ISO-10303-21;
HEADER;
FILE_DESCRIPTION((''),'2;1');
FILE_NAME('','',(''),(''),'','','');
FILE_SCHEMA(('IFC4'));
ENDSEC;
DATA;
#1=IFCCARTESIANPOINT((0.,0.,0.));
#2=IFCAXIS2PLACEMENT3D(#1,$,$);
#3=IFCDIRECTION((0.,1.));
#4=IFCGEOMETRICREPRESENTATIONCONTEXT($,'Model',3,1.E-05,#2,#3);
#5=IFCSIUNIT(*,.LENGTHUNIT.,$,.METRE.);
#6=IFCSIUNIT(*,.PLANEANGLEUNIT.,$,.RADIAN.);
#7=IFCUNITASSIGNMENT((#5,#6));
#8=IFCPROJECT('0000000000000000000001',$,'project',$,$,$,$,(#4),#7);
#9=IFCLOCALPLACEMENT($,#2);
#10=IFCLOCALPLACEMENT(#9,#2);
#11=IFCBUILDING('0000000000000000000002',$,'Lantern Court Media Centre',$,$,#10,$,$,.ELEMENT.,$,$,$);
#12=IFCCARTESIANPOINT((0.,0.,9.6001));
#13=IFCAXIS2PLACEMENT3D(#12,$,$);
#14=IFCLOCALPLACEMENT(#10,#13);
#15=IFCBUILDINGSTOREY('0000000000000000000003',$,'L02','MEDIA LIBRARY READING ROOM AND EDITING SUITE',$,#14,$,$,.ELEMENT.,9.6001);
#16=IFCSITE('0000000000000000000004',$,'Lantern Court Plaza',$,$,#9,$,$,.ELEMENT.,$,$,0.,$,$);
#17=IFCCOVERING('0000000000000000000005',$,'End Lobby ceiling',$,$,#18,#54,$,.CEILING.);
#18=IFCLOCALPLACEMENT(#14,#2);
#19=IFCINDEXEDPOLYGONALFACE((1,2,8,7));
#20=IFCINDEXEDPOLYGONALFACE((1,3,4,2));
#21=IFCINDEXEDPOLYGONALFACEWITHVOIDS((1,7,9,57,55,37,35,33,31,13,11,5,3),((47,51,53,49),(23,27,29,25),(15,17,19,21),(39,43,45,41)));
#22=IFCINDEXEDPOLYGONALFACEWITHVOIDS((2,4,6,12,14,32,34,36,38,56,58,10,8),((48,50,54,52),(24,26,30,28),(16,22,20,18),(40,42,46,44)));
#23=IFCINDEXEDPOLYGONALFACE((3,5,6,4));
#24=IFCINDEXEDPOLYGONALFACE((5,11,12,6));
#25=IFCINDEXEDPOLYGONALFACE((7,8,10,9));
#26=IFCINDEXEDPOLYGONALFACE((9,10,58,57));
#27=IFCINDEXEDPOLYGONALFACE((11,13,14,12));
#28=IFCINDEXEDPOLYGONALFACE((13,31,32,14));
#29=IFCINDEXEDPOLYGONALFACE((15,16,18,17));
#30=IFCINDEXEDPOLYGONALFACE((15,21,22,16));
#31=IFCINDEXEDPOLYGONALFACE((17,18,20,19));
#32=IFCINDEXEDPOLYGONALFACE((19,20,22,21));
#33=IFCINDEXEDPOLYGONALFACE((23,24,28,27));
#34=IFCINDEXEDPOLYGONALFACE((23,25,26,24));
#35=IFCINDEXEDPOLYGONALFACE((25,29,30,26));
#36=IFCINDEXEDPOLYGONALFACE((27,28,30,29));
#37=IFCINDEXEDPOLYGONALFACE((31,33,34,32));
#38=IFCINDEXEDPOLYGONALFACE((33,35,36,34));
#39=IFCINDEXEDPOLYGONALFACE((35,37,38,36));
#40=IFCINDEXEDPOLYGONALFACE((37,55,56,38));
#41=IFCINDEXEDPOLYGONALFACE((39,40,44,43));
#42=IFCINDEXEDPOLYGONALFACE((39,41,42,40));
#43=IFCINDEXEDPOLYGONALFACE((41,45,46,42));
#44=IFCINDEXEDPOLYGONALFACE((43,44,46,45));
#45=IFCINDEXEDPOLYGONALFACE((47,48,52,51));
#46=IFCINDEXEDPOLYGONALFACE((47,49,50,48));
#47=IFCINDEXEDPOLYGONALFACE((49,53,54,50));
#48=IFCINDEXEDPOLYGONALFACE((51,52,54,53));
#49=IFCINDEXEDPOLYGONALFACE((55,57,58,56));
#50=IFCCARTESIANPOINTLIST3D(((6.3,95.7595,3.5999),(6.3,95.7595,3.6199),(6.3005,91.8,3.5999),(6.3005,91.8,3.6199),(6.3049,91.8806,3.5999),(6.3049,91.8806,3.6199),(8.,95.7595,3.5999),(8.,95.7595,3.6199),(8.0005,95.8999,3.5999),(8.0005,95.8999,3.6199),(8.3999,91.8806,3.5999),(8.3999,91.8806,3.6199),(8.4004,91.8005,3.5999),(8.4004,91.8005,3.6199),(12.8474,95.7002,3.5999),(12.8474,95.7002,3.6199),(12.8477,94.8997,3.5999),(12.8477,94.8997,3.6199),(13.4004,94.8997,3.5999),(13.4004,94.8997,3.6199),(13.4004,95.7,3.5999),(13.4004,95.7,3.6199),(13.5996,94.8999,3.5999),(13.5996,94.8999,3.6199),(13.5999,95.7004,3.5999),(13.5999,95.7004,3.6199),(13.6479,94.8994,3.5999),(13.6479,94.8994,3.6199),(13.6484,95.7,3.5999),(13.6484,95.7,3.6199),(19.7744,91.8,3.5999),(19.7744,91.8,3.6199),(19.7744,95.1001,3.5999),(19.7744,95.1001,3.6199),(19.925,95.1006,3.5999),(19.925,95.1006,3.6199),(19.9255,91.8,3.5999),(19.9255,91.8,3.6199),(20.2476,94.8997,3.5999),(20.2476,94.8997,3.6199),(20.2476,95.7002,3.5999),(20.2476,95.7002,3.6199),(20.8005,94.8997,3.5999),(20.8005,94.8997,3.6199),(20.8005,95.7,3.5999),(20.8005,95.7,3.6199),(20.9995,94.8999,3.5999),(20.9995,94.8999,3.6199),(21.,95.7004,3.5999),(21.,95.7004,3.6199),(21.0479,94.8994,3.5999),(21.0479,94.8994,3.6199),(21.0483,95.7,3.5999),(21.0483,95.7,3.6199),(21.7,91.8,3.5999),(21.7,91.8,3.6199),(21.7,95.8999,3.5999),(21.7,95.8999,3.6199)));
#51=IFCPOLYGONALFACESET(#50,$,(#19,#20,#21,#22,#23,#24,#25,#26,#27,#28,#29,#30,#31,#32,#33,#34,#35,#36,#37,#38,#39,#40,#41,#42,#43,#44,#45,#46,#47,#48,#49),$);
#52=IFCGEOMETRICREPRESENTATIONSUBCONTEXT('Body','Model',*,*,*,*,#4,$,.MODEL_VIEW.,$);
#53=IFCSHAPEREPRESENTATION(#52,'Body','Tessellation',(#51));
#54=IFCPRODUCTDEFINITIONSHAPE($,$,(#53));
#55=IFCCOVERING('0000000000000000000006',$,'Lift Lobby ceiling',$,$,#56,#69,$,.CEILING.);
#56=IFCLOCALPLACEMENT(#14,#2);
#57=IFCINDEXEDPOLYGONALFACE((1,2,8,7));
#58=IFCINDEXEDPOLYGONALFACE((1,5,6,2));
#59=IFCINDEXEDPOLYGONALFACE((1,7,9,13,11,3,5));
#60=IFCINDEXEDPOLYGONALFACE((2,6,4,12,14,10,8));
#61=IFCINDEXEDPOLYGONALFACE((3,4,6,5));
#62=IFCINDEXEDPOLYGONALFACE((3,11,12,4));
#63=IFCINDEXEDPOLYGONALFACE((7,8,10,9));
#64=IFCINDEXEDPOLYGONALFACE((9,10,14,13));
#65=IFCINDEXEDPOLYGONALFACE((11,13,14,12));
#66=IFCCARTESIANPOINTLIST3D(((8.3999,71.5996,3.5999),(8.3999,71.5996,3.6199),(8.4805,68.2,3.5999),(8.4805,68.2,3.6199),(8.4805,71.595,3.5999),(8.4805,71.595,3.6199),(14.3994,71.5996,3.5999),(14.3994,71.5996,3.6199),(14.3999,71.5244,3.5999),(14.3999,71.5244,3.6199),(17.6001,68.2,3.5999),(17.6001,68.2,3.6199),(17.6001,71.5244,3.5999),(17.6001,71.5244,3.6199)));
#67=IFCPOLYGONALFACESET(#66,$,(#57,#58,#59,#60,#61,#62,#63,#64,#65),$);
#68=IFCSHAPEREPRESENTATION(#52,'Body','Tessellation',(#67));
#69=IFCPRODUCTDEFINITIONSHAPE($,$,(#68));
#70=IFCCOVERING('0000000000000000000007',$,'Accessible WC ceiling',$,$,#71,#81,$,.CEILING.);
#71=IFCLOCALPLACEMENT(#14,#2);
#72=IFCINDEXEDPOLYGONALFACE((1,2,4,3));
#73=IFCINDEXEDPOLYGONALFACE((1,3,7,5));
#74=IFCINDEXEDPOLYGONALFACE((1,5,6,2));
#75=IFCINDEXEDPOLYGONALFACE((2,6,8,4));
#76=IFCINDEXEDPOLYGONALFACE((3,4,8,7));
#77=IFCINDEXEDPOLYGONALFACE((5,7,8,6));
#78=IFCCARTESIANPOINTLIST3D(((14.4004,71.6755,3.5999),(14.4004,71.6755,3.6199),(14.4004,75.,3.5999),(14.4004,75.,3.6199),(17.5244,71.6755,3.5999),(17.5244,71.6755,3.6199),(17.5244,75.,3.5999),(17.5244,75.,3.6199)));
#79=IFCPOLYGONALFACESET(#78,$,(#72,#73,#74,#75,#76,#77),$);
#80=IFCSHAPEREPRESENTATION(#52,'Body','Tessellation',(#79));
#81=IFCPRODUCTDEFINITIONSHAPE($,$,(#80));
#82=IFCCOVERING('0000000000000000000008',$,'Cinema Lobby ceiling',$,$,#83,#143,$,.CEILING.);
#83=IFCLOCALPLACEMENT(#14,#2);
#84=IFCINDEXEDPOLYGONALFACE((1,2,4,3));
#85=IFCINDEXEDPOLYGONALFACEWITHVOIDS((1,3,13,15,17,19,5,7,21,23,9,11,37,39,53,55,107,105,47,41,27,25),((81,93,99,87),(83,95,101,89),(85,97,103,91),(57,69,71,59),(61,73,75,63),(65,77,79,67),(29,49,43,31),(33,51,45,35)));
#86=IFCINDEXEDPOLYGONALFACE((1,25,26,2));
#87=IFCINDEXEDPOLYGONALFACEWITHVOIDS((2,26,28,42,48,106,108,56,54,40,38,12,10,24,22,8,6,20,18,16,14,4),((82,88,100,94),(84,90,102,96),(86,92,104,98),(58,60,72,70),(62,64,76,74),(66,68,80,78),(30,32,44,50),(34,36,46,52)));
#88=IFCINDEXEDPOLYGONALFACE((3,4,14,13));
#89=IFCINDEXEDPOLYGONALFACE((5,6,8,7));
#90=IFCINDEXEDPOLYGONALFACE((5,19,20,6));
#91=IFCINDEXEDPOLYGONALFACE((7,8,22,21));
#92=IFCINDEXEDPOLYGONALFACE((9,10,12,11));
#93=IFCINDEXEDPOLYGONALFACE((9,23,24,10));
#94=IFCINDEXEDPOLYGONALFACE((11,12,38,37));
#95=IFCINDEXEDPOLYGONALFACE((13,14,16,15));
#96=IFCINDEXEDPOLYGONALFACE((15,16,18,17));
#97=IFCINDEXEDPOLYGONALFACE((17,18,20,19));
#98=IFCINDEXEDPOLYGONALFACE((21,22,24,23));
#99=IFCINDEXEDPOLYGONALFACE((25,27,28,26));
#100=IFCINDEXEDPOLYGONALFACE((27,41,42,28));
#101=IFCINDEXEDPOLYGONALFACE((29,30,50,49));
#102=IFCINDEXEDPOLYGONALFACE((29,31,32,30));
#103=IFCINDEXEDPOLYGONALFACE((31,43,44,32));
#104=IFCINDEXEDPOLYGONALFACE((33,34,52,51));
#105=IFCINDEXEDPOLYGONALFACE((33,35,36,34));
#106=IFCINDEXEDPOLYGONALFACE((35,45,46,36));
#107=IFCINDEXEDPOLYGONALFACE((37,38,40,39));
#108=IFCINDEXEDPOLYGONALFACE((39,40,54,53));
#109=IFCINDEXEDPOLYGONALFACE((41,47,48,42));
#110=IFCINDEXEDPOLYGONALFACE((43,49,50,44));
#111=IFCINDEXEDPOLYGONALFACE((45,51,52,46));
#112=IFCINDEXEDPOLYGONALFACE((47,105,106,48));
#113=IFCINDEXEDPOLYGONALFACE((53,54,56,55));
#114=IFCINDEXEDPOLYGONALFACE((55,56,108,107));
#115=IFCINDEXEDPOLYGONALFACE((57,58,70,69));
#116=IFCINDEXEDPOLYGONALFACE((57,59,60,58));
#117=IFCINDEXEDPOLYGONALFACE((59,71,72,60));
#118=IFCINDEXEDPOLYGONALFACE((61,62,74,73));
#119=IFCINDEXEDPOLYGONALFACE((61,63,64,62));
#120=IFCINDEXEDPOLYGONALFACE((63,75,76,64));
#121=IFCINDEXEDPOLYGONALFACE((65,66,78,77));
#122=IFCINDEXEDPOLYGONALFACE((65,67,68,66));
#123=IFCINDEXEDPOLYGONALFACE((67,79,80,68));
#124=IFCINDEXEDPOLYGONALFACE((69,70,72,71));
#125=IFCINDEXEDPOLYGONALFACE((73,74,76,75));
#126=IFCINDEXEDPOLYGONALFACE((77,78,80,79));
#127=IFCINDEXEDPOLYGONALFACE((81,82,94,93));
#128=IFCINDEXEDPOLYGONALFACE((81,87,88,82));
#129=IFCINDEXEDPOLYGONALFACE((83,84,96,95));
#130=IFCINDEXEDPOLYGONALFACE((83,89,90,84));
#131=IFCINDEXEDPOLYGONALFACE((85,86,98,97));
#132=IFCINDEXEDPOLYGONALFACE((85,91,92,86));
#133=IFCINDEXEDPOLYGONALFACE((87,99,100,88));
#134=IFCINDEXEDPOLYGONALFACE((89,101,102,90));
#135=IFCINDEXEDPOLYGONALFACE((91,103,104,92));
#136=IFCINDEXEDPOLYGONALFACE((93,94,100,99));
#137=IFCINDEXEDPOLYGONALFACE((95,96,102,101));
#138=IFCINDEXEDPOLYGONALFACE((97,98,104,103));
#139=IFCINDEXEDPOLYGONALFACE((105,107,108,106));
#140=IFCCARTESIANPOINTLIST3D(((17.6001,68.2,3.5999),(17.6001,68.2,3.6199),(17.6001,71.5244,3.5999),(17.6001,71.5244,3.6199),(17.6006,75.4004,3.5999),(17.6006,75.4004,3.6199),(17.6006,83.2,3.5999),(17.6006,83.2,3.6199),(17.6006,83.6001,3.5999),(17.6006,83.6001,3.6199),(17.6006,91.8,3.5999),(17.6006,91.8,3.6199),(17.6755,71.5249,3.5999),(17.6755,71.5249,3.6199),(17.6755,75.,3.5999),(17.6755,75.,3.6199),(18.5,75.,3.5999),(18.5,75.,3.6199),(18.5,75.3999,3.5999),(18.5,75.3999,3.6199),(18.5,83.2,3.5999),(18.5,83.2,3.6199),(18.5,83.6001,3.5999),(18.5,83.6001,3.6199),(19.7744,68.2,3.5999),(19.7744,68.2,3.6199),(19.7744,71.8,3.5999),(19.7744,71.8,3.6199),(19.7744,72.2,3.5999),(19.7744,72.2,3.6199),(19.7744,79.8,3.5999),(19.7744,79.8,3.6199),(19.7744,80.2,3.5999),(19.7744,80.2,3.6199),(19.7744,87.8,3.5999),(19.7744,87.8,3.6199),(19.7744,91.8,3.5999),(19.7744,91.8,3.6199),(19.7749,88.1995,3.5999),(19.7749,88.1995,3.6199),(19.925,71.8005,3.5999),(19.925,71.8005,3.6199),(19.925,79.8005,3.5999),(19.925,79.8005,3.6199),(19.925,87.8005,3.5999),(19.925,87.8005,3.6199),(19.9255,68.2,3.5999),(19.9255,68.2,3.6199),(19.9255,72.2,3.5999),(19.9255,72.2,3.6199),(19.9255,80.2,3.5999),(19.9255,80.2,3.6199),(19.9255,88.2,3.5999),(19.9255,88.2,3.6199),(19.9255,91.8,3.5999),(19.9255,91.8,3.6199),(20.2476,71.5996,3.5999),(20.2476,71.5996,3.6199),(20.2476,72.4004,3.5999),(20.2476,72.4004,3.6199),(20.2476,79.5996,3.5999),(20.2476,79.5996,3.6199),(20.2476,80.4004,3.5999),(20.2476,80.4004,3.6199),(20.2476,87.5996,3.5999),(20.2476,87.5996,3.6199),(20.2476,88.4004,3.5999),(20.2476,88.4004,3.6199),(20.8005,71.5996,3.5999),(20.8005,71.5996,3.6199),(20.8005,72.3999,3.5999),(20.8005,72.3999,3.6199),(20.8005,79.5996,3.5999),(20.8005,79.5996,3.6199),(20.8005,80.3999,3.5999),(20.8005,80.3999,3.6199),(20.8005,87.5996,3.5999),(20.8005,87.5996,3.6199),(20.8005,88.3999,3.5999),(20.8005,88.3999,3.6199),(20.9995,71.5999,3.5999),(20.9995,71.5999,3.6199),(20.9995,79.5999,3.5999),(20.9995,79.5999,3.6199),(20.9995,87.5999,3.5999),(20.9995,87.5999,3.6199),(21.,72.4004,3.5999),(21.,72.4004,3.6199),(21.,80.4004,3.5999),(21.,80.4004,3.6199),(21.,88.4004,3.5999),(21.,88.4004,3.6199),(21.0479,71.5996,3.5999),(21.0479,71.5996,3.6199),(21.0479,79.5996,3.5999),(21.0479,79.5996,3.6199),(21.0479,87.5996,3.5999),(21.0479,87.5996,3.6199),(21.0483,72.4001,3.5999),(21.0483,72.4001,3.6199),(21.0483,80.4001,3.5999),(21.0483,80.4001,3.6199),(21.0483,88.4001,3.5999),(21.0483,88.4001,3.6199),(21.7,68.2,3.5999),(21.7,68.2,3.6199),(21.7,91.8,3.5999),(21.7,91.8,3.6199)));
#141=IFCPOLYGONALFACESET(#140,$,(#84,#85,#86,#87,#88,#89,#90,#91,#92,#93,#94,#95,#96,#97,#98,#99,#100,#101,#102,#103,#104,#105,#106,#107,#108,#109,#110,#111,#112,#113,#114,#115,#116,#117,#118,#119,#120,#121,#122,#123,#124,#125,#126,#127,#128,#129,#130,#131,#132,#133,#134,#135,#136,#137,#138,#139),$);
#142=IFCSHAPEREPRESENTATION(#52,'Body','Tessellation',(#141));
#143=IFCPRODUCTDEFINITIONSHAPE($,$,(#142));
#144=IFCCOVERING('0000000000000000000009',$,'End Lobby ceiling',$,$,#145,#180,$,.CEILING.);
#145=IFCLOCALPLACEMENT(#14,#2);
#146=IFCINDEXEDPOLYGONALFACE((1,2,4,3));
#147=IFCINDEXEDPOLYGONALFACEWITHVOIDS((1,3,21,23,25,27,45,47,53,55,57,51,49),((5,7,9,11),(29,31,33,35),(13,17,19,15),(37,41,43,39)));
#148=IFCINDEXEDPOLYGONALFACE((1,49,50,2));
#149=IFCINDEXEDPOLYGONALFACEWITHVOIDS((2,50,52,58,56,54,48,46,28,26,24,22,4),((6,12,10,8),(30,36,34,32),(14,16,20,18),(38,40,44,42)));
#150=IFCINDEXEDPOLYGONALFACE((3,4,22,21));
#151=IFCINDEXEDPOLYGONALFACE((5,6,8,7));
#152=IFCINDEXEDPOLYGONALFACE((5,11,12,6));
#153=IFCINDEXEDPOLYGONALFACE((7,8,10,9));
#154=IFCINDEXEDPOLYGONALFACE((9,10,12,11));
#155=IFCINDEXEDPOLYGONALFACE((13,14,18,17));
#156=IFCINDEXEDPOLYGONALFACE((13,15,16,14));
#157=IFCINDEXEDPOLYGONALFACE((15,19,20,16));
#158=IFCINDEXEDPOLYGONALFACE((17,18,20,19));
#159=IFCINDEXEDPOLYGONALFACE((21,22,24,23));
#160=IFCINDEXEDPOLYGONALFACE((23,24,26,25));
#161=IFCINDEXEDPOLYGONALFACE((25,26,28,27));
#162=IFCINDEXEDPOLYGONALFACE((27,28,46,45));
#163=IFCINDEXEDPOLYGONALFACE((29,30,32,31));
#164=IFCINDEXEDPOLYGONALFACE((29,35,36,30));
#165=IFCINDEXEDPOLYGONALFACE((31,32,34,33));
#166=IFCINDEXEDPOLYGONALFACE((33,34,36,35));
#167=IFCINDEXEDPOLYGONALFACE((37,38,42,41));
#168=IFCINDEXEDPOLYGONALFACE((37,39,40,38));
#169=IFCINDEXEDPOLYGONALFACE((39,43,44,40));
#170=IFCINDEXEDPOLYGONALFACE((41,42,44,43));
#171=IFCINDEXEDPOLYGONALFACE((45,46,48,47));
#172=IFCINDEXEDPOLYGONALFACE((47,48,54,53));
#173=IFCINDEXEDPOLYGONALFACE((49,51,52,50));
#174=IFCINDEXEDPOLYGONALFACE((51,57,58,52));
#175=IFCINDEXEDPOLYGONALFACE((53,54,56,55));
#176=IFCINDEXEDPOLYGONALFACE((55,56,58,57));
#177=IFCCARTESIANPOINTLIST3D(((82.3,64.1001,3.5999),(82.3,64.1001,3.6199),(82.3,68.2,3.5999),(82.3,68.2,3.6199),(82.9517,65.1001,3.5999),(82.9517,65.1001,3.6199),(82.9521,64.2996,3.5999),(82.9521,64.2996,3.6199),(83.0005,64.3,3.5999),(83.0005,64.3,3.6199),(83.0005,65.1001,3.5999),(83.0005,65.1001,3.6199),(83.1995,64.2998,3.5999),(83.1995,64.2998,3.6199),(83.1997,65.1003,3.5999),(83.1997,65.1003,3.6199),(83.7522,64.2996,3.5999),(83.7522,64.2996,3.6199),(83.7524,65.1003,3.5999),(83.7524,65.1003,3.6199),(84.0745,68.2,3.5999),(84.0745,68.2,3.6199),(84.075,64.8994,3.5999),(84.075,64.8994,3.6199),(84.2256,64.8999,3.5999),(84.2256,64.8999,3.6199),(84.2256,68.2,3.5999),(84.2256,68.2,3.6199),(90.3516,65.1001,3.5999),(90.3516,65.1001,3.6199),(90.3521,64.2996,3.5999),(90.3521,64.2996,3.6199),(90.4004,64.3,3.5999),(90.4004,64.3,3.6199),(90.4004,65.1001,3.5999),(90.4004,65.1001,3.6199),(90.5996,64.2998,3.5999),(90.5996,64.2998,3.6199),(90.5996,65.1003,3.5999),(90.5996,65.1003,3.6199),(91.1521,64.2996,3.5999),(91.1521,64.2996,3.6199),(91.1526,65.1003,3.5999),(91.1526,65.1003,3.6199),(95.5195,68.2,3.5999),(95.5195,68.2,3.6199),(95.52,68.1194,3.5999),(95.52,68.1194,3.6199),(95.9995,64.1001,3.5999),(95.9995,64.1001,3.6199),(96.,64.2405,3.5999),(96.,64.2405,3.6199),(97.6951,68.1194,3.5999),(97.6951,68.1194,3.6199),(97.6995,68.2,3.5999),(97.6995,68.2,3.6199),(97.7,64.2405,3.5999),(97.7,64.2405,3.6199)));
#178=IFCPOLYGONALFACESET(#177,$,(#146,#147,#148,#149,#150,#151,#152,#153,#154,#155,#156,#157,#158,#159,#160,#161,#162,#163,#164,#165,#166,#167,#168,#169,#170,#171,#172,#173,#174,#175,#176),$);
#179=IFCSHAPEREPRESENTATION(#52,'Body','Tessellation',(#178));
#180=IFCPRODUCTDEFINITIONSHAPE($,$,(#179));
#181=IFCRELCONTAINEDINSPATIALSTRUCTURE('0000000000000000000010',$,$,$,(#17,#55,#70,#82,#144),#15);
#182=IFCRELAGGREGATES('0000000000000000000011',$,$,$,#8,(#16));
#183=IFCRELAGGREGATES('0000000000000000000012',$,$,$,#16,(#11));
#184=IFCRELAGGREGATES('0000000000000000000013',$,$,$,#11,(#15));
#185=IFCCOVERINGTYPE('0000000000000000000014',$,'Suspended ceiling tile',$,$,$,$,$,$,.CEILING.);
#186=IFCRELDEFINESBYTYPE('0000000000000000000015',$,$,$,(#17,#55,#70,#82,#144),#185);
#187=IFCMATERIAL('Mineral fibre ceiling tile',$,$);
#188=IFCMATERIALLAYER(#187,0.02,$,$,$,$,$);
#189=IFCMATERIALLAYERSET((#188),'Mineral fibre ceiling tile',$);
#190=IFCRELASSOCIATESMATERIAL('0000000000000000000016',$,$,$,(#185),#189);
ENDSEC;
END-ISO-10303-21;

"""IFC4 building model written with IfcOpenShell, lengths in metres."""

from ifc_helpers import new_model, si_unit, direction, frame, origin, place, context, subcontext, project, spatial, polyline, outline, extrude, material, layer, layer_set, type_object, element, save


model = new_model("IFC4")

# Units and contexts
model_context = context("Model", 3, precision=1e-05, world=origin(), true_north=direction((0.0, 1.0)))
body_context = subcontext(model_context, "Body", "Model", "MODEL_VIEW")
ifc_project = project(units=[si_unit("LENGTHUNIT", "METRE"), si_unit("PLANEANGLEUNIT", "RADIAN")], contexts=[model_context])

# Site, building, storey
site_placement = place(None, origin())
site = spatial("IfcSite", under=ifc_project, at=site_placement, Name="Lantern Court Plaza", CompositionType="ELEMENT", RefElevation=0.0)
building_placement = place(site_placement, origin())
building = spatial("IfcBuilding", under=site, at=building_placement, Name="Lantern Court Media Centre", CompositionType="ELEMENT")
storey_placement = place(building_placement, frame((0.0, 0.0, 9.6001)))
storey = spatial("IfcBuildingStorey", under=building, at=storey_placement, Name="L02", Description="MEDIA LIBRARY READING ROOM AND EDITING SUITE", CompositionType="ELEMENT", Elevation=9.6001)

# Coverings
ifc_material = material(Name="Mineral fibre ceiling tile")
ifc_layer = layer(ifc_material, 0.02)
ifc_layer_set = layer_set([ifc_layer], Name="Mineral fibre ceiling tile")
covering_type = type_object("IfcCoveringType", Name="Suspended ceiling tile", PredefinedType="CEILING", material=ifc_layer_set)
covering_1_placement = place(storey_placement, frame((0.0, 0.0, 3.5999)))
element("IfcCovering", 1, at=covering_1_placement, inside=storey, type_object=covering_type, Name="End Lobby ceiling", PredefinedType="CEILING", context=body_context, shape_type="SweptSolid", body=[
    extrude(outline(polyline([(21.7, 95.8999), (21.7, 91.8), (19.9255, 91.8), (19.925, 95.1006), (19.7744, 95.1001), (19.7744, 91.8), (8.4004, 91.8005), (8.3999, 91.8806), (6.3049, 91.8806), (6.3005, 91.8), (6.3, 95.7595), (8.0, 95.7595), (8.0005, 95.8999), (21.7, 95.8999)]), holes=[polyline([(21.0479, 94.8994), (21.0483, 95.7), (21.0, 95.7004), (20.9995, 94.8999), (21.0479, 94.8994)]), polyline([(20.8005, 95.7), (20.2476, 95.7002), (20.2476, 94.8997), (20.8005, 94.8997), (20.8005, 95.7)]), polyline([(13.6479, 94.8994), (13.6484, 95.7), (13.5999, 95.7004), (13.5996, 94.8999), (13.6479, 94.8994)]), polyline([(13.4004, 95.7), (12.8474, 95.7002), (12.8477, 94.8997), (13.4004, 94.8997), (13.4004, 95.7)])]), origin(), (0.0, 0.0, 1.0), 0.02),
])
covering_2_placement = place(storey_placement, frame((0.0, 0.0, 3.5999)))
element("IfcCovering", 2, at=covering_2_placement, inside=storey, type_object=covering_type, Name="Lift Lobby ceiling", PredefinedType="CEILING", context=body_context, shape_type="SweptSolid", body=[
    extrude(outline(polyline([(17.6001, 68.2), (8.4805, 68.2), (8.4805, 71.595), (8.3999, 71.5996), (14.3994, 71.5996), (14.3999, 71.5244), (17.6001, 71.5244), (17.6001, 68.2)])), origin(), (0.0, 0.0, 1.0), 0.02),
])
covering_3_placement = place(storey_placement, frame((0.0, 0.0, 3.5999)))
element("IfcCovering", 3, at=covering_3_placement, inside=storey, type_object=covering_type, Name="Accessible WC ceiling", PredefinedType="CEILING", context=body_context, shape_type="SweptSolid", body=[
    extrude(outline(polyline([(17.5244, 75.0), (17.5244, 71.6755), (14.4004, 71.6755), (14.4004, 75.0), (17.5244, 75.0)])), origin(), (0.0, 0.0, 1.0), 0.02),
])
covering_4_placement = place(storey_placement, frame((0.0, 0.0, 3.5999)))
element("IfcCovering", 4, at=covering_4_placement, inside=storey, type_object=covering_type, Name="Cinema Lobby ceiling", PredefinedType="CEILING", context=body_context, shape_type="SweptSolid", body=[
    extrude(outline(polyline([(17.6001, 68.2), (17.6001, 71.5244), (17.6755, 71.5249), (17.6755, 75.0), (18.5, 75.0), (18.5, 75.3999), (17.6006, 75.4004), (17.6006, 83.2), (18.5, 83.2), (18.5, 83.6001), (17.6006, 83.6001), (17.6006, 91.8), (19.7744, 91.8), (19.7749, 88.1995), (19.9255, 88.2), (19.9255, 91.8), (21.7, 91.8), (21.7, 68.2), (19.9255, 68.2), (19.925, 71.8005), (19.7744, 71.8), (19.7744, 68.2), (17.6001, 68.2)]), holes=[polyline([(21.0479, 87.5996), (21.0483, 88.4001), (21.0, 88.4004), (20.9995, 87.5999), (21.0479, 87.5996)]), polyline([(21.0479, 79.5996), (21.0483, 80.4001), (21.0, 80.4004), (20.9995, 79.5999), (21.0479, 79.5996)]), polyline([(21.0479, 71.5996), (21.0483, 72.4001), (21.0, 72.4004), (20.9995, 71.5999), (21.0479, 71.5996)]), polyline([(20.8005, 72.3999), (20.2476, 72.4004), (20.2476, 71.5996), (20.8005, 71.5996), (20.8005, 72.3999)]), polyline([(20.8005, 80.3999), (20.2476, 80.4004), (20.2476, 79.5996), (20.8005, 79.5996), (20.8005, 80.3999)]), polyline([(20.8005, 88.3999), (20.2476, 88.4004), (20.2476, 87.5996), (20.8005, 87.5996), (20.8005, 88.3999)]), polyline([(19.7744, 72.2), (19.9255, 72.2), (19.925, 79.8005), (19.7744, 79.8), (19.7744, 72.2)]), polyline([(19.7744, 80.2), (19.9255, 80.2), (19.925, 87.8005), (19.7744, 87.8), (19.7744, 80.2)])]), origin(), (0.0, 0.0, 1.0), 0.02),
])
covering_5_placement = place(storey_placement, frame((0.0, 0.0, 3.5999)))
element("IfcCovering", 5, at=covering_5_placement, inside=storey, type_object=covering_type, Name="End Lobby ceiling", PredefinedType="CEILING", context=body_context, shape_type="SweptSolid", body=[
    extrude(outline(polyline([(97.7, 64.2405), (96.0, 64.2405), (95.9995, 64.1001), (82.3, 64.1001), (82.3, 68.2), (84.0745, 68.2), (84.075, 64.8994), (84.2256, 64.8999), (84.2256, 68.2), (95.5195, 68.2), (95.52, 68.1194), (97.6951, 68.1194), (97.6995, 68.2), (97.7, 64.2405)]), holes=[polyline([(91.1521, 64.2996), (91.1526, 65.1003), (90.5996, 65.1003), (90.5996, 64.2998), (91.1521, 64.2996)]), polyline([(90.4004, 65.1001), (90.3516, 65.1001), (90.3521, 64.2996), (90.4004, 64.3), (90.4004, 65.1001)]), polyline([(83.7522, 64.2996), (83.7524, 65.1003), (83.1997, 65.1003), (83.1995, 64.2998), (83.7522, 64.2996)]), polyline([(83.0005, 65.1001), (82.9517, 65.1001), (82.9521, 64.2996), (83.0005, 64.3), (83.0005, 65.1001)])]), origin(), (0.0, 0.0, 1.0), 0.02),
])

save(model, "model.ifc")
